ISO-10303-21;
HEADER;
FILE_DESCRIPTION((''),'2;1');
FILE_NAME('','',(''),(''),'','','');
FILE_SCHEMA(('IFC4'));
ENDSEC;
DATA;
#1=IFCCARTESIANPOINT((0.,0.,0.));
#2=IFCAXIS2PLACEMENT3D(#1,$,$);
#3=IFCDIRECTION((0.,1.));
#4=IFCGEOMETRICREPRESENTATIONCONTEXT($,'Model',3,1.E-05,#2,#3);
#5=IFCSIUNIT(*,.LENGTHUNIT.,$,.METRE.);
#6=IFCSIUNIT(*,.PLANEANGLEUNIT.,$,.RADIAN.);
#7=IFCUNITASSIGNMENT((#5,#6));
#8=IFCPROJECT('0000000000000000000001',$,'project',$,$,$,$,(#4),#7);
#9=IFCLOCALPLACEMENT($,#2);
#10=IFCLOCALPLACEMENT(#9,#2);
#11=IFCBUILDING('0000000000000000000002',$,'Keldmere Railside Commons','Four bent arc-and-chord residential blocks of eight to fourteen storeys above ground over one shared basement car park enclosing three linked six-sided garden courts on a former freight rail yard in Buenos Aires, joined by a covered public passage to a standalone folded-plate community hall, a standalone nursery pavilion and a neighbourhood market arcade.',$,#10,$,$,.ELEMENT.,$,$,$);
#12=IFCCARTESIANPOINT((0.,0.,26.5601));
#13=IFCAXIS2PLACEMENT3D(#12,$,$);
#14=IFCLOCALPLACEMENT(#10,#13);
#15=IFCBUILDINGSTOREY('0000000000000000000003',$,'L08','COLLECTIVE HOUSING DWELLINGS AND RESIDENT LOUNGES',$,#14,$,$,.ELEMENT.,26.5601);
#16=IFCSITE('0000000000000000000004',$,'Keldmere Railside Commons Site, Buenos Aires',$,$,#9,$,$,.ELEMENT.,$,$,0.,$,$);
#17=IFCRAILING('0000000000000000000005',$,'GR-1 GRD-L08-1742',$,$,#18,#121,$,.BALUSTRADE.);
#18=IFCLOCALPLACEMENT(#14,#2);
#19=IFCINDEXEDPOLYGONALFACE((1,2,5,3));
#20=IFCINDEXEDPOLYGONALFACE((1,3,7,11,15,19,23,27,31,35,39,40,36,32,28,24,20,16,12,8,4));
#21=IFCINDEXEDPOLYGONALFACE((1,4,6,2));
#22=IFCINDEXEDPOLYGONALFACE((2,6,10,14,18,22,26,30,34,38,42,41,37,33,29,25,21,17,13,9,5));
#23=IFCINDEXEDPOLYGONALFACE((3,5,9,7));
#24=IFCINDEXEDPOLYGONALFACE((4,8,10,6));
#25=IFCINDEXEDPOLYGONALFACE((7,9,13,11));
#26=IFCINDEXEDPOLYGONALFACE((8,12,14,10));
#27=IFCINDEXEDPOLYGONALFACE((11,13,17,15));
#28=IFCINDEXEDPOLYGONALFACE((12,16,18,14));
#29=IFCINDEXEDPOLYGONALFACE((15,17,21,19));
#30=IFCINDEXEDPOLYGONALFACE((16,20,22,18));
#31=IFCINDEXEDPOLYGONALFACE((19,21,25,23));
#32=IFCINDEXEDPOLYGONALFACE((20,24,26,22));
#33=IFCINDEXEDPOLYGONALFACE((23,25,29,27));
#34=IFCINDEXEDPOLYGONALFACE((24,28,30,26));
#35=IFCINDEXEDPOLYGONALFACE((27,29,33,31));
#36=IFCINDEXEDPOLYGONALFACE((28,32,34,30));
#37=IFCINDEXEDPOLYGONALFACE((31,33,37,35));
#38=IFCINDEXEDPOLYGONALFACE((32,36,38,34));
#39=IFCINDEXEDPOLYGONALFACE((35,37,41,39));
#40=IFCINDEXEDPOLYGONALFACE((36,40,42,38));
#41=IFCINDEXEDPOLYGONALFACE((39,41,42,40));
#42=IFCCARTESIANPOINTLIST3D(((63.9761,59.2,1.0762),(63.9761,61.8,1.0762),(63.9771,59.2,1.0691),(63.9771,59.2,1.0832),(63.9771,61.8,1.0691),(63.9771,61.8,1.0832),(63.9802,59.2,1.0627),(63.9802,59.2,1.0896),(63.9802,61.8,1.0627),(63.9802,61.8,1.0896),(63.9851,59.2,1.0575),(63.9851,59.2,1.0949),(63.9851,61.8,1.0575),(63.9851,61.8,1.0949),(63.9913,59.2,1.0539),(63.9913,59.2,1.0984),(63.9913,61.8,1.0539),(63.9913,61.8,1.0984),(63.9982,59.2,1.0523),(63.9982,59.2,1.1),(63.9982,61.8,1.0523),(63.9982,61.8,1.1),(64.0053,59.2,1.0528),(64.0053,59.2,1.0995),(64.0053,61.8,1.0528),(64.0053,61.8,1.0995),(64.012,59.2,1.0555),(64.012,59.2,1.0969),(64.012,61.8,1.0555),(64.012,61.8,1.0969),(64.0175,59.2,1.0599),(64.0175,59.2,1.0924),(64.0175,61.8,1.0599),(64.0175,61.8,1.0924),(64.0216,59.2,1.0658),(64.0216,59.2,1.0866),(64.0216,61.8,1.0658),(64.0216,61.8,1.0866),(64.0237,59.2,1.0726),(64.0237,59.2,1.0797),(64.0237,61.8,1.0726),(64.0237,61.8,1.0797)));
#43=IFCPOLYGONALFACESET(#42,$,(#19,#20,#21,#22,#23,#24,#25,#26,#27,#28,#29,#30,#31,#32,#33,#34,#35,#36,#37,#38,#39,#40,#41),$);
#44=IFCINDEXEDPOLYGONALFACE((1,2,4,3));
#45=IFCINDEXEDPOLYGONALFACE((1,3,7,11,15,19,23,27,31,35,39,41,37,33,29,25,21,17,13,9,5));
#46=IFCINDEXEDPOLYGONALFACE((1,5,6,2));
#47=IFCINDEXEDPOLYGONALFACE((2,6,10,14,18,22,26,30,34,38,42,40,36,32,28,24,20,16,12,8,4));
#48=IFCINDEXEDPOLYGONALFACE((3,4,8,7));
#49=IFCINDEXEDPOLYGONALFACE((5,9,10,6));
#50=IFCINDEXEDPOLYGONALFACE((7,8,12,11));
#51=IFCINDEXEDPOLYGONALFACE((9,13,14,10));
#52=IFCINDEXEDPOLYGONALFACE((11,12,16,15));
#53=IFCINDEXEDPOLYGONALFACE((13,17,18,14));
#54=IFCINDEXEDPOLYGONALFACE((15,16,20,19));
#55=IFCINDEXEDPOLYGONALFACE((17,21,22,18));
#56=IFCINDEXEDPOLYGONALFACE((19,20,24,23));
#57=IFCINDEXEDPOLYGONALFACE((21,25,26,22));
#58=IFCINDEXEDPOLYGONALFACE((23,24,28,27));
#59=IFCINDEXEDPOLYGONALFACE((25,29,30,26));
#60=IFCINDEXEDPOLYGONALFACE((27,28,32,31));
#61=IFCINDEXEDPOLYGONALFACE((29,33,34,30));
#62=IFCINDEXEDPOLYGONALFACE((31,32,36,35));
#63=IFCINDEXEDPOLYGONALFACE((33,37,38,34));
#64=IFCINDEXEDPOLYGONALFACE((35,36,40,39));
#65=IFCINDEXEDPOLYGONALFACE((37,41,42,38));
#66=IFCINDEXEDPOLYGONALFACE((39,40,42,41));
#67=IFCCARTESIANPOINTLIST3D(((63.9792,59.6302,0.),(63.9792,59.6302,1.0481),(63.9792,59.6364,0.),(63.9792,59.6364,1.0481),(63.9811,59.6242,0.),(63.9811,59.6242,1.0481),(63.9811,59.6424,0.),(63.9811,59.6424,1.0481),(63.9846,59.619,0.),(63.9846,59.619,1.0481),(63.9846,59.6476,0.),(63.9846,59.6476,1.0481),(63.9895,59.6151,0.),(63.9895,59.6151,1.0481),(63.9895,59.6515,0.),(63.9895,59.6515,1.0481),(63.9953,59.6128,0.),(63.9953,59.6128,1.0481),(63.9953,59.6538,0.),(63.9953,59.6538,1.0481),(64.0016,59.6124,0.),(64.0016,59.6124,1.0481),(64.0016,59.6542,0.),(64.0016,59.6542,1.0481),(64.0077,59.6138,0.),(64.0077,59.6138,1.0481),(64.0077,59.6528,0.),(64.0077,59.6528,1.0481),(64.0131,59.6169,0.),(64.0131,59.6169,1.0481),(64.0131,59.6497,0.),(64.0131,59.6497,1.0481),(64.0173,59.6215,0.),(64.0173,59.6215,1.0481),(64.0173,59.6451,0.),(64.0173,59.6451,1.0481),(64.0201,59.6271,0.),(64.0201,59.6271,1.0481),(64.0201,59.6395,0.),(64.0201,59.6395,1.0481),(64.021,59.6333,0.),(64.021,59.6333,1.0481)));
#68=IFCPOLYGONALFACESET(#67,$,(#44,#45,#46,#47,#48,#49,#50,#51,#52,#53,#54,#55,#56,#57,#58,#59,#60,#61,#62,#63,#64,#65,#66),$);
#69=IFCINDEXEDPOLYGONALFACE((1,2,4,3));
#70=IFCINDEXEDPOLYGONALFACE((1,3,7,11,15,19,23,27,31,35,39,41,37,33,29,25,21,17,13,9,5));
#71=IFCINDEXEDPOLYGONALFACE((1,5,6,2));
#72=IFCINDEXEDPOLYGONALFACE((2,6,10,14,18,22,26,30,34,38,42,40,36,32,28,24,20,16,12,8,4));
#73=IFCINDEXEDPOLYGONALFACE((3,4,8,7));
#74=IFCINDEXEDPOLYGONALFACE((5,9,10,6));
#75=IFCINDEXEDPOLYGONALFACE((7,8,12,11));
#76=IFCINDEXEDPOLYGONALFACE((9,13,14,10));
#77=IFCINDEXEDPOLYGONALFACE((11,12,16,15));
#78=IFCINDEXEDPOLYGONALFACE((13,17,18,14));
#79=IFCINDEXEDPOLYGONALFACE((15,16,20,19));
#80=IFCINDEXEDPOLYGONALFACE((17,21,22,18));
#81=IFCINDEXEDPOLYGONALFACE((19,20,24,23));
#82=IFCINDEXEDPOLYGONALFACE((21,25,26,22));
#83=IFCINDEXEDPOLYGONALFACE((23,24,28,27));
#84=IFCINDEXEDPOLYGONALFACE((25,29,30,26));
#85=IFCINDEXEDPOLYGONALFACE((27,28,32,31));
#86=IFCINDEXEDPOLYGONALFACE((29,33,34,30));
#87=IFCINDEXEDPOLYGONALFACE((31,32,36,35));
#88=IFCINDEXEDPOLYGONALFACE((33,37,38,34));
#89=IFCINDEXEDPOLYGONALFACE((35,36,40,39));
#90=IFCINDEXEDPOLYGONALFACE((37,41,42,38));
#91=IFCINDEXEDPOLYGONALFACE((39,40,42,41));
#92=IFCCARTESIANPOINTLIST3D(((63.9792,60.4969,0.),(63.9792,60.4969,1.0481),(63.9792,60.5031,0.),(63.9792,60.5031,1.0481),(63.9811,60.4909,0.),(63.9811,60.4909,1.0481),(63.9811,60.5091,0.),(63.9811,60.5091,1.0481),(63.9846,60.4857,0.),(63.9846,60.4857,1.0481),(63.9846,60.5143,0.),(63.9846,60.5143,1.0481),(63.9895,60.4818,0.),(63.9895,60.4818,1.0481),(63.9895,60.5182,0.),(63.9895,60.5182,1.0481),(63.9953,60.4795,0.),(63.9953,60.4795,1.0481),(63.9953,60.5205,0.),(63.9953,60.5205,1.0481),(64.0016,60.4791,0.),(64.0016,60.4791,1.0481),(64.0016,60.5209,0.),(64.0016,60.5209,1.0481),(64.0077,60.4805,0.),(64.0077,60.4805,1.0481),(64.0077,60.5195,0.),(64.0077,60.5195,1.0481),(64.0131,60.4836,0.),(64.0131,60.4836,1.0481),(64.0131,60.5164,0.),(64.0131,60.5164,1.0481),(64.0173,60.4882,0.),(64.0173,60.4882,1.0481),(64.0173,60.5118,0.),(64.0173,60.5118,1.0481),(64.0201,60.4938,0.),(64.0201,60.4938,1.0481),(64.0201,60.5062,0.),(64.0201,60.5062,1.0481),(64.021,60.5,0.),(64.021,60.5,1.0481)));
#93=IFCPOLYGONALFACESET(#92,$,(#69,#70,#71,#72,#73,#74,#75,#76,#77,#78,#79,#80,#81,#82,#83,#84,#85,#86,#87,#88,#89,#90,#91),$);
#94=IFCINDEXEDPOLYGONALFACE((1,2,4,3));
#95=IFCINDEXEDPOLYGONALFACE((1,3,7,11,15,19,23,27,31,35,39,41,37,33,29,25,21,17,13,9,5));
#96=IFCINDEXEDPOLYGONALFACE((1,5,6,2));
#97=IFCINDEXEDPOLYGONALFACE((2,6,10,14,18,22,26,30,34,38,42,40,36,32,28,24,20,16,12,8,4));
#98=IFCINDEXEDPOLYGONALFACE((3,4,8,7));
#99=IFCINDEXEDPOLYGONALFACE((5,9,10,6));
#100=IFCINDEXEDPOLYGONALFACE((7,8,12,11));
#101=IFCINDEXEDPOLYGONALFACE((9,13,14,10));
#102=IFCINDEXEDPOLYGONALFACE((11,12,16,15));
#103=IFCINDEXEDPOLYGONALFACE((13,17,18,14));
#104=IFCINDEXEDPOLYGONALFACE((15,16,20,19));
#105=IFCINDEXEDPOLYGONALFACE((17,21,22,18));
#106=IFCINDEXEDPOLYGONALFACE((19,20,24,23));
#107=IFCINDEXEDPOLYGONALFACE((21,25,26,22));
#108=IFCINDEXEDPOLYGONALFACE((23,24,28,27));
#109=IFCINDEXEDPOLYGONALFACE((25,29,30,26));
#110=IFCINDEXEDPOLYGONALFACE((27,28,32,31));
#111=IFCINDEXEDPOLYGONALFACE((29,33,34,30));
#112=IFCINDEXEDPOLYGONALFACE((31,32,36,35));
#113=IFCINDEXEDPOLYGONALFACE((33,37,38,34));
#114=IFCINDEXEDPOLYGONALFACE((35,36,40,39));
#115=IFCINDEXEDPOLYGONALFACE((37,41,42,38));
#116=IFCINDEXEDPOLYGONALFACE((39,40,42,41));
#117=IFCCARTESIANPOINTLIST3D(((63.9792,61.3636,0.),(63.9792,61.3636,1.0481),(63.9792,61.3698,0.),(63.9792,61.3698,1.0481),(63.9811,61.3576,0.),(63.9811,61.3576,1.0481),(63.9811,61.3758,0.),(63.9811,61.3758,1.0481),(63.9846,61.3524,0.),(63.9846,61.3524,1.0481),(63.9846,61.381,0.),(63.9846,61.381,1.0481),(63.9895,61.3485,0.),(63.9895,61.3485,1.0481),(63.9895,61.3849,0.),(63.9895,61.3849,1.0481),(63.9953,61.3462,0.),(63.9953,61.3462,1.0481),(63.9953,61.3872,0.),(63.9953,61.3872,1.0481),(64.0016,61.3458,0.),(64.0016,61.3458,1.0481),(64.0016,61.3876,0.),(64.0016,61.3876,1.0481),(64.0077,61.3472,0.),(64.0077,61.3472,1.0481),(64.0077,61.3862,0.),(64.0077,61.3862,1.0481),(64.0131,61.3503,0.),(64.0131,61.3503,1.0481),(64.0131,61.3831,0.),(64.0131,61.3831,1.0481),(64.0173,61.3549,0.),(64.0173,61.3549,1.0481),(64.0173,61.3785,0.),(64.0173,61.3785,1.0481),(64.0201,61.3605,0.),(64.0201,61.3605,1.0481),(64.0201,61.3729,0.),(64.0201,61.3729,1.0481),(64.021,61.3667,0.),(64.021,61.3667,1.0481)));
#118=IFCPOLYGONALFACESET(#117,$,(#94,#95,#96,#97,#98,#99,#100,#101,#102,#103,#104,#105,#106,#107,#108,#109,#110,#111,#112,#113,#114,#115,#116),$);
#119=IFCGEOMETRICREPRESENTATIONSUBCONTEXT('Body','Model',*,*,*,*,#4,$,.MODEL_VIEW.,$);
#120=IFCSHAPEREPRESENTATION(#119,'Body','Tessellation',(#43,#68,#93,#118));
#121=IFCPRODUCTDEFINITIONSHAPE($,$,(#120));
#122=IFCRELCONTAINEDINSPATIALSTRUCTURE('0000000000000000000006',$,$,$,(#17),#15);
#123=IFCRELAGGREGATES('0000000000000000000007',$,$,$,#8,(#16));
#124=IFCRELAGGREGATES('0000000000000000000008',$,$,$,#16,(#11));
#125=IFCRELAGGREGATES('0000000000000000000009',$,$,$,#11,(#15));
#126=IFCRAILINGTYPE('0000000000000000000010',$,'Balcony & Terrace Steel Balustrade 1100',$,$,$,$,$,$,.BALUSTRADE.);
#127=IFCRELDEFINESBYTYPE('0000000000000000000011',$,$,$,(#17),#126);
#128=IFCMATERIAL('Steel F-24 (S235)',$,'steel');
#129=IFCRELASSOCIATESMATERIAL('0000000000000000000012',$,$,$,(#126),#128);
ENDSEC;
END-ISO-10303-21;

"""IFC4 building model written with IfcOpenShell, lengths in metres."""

from ifc_helpers import new_model, si_unit, direction, frame, origin, origin_2d, place, context, subcontext, project, spatial, circle, extrude, material, type_object, element, save


model = new_model("IFC4")

# Units and contexts
model_context = context("Model", 3, precision=1e-05, world=origin(), true_north=direction((0.0, 1.0)))
body_context = subcontext(model_context, "Body", "Model", "MODEL_VIEW")
ifc_project = project(units=[si_unit("LENGTHUNIT", "METRE"), si_unit("PLANEANGLEUNIT", "RADIAN")], contexts=[model_context])

# Site, building, storey
site_placement = place(None, origin())
site = spatial("IfcSite", under=ifc_project, at=site_placement, Name="Keldmere Railside Commons Site, Buenos Aires", CompositionType="ELEMENT", RefElevation=0.0)
building_placement = place(site_placement, origin())
building = spatial("IfcBuilding", under=site, at=building_placement, Name="Keldmere Railside Commons", Description="Four bent arc-and-chord residential blocks of eight to fourteen storeys above ground over one shared basement car park enclosing three linked six-sided garden courts on a former freight rail yard in Buenos Aires, joined by a covered public passage to a standalone folded-plate community hall, a standalone nursery pavilion and a neighbourhood market arcade.", CompositionType="ELEMENT")
storey_placement = place(building_placement, frame((0.0, 0.0, 26.5601)))
storey = spatial("IfcBuildingStorey", under=building, at=storey_placement, Name="L08", Description="COLLECTIVE HOUSING DWELLINGS AND RESIDENT LOUNGES", CompositionType="ELEMENT", Elevation=26.5601)

# Railing
ifc_material_1 = material(Name="Steel F-24 (S235)", Category="steel")
railing_type = type_object("IfcRailingType", Name="Balcony & Terrace Steel Balustrade 1100", PredefinedType="BALUSTRADE", material=ifc_material_1)
railing_1_placement = place(storey_placement, frame((64.0, 59.2, 0.0)))
element("IfcRailing", 1, at=railing_1_placement, inside=storey, type_object=railing_type, Name="GR-1 GRD-L08-1742", PredefinedType="BALUSTRADE", context=body_context, shape_type="SweptSolid", body=[
    extrude(circle(Radius=0.0239, at=origin_2d()), frame((0.0, 0.0, 1.0762), z_axis=(0.0, 1.0, 0.0), x_axis=(-1.0, 0.0, 0.0)), (0.0, 0.0, 1.0), 2.6001),
    extrude(circle(Radius=0.021, at=origin_2d()), frame((0.0, 0.4333, 0.0)), (0.0, 0.0, 1.0), 1.0481),
    extrude(circle(Radius=0.021, at=origin_2d()), frame((0.0, 1.3, 0.0)), (0.0, 0.0, 1.0), 1.0481),
    extrude(circle(Radius=0.021, at=origin_2d()), frame((0.0, 2.1667, 0.0)), (0.0, 0.0, 1.0), 1.0481),
])

save(model, "model.ifc")
